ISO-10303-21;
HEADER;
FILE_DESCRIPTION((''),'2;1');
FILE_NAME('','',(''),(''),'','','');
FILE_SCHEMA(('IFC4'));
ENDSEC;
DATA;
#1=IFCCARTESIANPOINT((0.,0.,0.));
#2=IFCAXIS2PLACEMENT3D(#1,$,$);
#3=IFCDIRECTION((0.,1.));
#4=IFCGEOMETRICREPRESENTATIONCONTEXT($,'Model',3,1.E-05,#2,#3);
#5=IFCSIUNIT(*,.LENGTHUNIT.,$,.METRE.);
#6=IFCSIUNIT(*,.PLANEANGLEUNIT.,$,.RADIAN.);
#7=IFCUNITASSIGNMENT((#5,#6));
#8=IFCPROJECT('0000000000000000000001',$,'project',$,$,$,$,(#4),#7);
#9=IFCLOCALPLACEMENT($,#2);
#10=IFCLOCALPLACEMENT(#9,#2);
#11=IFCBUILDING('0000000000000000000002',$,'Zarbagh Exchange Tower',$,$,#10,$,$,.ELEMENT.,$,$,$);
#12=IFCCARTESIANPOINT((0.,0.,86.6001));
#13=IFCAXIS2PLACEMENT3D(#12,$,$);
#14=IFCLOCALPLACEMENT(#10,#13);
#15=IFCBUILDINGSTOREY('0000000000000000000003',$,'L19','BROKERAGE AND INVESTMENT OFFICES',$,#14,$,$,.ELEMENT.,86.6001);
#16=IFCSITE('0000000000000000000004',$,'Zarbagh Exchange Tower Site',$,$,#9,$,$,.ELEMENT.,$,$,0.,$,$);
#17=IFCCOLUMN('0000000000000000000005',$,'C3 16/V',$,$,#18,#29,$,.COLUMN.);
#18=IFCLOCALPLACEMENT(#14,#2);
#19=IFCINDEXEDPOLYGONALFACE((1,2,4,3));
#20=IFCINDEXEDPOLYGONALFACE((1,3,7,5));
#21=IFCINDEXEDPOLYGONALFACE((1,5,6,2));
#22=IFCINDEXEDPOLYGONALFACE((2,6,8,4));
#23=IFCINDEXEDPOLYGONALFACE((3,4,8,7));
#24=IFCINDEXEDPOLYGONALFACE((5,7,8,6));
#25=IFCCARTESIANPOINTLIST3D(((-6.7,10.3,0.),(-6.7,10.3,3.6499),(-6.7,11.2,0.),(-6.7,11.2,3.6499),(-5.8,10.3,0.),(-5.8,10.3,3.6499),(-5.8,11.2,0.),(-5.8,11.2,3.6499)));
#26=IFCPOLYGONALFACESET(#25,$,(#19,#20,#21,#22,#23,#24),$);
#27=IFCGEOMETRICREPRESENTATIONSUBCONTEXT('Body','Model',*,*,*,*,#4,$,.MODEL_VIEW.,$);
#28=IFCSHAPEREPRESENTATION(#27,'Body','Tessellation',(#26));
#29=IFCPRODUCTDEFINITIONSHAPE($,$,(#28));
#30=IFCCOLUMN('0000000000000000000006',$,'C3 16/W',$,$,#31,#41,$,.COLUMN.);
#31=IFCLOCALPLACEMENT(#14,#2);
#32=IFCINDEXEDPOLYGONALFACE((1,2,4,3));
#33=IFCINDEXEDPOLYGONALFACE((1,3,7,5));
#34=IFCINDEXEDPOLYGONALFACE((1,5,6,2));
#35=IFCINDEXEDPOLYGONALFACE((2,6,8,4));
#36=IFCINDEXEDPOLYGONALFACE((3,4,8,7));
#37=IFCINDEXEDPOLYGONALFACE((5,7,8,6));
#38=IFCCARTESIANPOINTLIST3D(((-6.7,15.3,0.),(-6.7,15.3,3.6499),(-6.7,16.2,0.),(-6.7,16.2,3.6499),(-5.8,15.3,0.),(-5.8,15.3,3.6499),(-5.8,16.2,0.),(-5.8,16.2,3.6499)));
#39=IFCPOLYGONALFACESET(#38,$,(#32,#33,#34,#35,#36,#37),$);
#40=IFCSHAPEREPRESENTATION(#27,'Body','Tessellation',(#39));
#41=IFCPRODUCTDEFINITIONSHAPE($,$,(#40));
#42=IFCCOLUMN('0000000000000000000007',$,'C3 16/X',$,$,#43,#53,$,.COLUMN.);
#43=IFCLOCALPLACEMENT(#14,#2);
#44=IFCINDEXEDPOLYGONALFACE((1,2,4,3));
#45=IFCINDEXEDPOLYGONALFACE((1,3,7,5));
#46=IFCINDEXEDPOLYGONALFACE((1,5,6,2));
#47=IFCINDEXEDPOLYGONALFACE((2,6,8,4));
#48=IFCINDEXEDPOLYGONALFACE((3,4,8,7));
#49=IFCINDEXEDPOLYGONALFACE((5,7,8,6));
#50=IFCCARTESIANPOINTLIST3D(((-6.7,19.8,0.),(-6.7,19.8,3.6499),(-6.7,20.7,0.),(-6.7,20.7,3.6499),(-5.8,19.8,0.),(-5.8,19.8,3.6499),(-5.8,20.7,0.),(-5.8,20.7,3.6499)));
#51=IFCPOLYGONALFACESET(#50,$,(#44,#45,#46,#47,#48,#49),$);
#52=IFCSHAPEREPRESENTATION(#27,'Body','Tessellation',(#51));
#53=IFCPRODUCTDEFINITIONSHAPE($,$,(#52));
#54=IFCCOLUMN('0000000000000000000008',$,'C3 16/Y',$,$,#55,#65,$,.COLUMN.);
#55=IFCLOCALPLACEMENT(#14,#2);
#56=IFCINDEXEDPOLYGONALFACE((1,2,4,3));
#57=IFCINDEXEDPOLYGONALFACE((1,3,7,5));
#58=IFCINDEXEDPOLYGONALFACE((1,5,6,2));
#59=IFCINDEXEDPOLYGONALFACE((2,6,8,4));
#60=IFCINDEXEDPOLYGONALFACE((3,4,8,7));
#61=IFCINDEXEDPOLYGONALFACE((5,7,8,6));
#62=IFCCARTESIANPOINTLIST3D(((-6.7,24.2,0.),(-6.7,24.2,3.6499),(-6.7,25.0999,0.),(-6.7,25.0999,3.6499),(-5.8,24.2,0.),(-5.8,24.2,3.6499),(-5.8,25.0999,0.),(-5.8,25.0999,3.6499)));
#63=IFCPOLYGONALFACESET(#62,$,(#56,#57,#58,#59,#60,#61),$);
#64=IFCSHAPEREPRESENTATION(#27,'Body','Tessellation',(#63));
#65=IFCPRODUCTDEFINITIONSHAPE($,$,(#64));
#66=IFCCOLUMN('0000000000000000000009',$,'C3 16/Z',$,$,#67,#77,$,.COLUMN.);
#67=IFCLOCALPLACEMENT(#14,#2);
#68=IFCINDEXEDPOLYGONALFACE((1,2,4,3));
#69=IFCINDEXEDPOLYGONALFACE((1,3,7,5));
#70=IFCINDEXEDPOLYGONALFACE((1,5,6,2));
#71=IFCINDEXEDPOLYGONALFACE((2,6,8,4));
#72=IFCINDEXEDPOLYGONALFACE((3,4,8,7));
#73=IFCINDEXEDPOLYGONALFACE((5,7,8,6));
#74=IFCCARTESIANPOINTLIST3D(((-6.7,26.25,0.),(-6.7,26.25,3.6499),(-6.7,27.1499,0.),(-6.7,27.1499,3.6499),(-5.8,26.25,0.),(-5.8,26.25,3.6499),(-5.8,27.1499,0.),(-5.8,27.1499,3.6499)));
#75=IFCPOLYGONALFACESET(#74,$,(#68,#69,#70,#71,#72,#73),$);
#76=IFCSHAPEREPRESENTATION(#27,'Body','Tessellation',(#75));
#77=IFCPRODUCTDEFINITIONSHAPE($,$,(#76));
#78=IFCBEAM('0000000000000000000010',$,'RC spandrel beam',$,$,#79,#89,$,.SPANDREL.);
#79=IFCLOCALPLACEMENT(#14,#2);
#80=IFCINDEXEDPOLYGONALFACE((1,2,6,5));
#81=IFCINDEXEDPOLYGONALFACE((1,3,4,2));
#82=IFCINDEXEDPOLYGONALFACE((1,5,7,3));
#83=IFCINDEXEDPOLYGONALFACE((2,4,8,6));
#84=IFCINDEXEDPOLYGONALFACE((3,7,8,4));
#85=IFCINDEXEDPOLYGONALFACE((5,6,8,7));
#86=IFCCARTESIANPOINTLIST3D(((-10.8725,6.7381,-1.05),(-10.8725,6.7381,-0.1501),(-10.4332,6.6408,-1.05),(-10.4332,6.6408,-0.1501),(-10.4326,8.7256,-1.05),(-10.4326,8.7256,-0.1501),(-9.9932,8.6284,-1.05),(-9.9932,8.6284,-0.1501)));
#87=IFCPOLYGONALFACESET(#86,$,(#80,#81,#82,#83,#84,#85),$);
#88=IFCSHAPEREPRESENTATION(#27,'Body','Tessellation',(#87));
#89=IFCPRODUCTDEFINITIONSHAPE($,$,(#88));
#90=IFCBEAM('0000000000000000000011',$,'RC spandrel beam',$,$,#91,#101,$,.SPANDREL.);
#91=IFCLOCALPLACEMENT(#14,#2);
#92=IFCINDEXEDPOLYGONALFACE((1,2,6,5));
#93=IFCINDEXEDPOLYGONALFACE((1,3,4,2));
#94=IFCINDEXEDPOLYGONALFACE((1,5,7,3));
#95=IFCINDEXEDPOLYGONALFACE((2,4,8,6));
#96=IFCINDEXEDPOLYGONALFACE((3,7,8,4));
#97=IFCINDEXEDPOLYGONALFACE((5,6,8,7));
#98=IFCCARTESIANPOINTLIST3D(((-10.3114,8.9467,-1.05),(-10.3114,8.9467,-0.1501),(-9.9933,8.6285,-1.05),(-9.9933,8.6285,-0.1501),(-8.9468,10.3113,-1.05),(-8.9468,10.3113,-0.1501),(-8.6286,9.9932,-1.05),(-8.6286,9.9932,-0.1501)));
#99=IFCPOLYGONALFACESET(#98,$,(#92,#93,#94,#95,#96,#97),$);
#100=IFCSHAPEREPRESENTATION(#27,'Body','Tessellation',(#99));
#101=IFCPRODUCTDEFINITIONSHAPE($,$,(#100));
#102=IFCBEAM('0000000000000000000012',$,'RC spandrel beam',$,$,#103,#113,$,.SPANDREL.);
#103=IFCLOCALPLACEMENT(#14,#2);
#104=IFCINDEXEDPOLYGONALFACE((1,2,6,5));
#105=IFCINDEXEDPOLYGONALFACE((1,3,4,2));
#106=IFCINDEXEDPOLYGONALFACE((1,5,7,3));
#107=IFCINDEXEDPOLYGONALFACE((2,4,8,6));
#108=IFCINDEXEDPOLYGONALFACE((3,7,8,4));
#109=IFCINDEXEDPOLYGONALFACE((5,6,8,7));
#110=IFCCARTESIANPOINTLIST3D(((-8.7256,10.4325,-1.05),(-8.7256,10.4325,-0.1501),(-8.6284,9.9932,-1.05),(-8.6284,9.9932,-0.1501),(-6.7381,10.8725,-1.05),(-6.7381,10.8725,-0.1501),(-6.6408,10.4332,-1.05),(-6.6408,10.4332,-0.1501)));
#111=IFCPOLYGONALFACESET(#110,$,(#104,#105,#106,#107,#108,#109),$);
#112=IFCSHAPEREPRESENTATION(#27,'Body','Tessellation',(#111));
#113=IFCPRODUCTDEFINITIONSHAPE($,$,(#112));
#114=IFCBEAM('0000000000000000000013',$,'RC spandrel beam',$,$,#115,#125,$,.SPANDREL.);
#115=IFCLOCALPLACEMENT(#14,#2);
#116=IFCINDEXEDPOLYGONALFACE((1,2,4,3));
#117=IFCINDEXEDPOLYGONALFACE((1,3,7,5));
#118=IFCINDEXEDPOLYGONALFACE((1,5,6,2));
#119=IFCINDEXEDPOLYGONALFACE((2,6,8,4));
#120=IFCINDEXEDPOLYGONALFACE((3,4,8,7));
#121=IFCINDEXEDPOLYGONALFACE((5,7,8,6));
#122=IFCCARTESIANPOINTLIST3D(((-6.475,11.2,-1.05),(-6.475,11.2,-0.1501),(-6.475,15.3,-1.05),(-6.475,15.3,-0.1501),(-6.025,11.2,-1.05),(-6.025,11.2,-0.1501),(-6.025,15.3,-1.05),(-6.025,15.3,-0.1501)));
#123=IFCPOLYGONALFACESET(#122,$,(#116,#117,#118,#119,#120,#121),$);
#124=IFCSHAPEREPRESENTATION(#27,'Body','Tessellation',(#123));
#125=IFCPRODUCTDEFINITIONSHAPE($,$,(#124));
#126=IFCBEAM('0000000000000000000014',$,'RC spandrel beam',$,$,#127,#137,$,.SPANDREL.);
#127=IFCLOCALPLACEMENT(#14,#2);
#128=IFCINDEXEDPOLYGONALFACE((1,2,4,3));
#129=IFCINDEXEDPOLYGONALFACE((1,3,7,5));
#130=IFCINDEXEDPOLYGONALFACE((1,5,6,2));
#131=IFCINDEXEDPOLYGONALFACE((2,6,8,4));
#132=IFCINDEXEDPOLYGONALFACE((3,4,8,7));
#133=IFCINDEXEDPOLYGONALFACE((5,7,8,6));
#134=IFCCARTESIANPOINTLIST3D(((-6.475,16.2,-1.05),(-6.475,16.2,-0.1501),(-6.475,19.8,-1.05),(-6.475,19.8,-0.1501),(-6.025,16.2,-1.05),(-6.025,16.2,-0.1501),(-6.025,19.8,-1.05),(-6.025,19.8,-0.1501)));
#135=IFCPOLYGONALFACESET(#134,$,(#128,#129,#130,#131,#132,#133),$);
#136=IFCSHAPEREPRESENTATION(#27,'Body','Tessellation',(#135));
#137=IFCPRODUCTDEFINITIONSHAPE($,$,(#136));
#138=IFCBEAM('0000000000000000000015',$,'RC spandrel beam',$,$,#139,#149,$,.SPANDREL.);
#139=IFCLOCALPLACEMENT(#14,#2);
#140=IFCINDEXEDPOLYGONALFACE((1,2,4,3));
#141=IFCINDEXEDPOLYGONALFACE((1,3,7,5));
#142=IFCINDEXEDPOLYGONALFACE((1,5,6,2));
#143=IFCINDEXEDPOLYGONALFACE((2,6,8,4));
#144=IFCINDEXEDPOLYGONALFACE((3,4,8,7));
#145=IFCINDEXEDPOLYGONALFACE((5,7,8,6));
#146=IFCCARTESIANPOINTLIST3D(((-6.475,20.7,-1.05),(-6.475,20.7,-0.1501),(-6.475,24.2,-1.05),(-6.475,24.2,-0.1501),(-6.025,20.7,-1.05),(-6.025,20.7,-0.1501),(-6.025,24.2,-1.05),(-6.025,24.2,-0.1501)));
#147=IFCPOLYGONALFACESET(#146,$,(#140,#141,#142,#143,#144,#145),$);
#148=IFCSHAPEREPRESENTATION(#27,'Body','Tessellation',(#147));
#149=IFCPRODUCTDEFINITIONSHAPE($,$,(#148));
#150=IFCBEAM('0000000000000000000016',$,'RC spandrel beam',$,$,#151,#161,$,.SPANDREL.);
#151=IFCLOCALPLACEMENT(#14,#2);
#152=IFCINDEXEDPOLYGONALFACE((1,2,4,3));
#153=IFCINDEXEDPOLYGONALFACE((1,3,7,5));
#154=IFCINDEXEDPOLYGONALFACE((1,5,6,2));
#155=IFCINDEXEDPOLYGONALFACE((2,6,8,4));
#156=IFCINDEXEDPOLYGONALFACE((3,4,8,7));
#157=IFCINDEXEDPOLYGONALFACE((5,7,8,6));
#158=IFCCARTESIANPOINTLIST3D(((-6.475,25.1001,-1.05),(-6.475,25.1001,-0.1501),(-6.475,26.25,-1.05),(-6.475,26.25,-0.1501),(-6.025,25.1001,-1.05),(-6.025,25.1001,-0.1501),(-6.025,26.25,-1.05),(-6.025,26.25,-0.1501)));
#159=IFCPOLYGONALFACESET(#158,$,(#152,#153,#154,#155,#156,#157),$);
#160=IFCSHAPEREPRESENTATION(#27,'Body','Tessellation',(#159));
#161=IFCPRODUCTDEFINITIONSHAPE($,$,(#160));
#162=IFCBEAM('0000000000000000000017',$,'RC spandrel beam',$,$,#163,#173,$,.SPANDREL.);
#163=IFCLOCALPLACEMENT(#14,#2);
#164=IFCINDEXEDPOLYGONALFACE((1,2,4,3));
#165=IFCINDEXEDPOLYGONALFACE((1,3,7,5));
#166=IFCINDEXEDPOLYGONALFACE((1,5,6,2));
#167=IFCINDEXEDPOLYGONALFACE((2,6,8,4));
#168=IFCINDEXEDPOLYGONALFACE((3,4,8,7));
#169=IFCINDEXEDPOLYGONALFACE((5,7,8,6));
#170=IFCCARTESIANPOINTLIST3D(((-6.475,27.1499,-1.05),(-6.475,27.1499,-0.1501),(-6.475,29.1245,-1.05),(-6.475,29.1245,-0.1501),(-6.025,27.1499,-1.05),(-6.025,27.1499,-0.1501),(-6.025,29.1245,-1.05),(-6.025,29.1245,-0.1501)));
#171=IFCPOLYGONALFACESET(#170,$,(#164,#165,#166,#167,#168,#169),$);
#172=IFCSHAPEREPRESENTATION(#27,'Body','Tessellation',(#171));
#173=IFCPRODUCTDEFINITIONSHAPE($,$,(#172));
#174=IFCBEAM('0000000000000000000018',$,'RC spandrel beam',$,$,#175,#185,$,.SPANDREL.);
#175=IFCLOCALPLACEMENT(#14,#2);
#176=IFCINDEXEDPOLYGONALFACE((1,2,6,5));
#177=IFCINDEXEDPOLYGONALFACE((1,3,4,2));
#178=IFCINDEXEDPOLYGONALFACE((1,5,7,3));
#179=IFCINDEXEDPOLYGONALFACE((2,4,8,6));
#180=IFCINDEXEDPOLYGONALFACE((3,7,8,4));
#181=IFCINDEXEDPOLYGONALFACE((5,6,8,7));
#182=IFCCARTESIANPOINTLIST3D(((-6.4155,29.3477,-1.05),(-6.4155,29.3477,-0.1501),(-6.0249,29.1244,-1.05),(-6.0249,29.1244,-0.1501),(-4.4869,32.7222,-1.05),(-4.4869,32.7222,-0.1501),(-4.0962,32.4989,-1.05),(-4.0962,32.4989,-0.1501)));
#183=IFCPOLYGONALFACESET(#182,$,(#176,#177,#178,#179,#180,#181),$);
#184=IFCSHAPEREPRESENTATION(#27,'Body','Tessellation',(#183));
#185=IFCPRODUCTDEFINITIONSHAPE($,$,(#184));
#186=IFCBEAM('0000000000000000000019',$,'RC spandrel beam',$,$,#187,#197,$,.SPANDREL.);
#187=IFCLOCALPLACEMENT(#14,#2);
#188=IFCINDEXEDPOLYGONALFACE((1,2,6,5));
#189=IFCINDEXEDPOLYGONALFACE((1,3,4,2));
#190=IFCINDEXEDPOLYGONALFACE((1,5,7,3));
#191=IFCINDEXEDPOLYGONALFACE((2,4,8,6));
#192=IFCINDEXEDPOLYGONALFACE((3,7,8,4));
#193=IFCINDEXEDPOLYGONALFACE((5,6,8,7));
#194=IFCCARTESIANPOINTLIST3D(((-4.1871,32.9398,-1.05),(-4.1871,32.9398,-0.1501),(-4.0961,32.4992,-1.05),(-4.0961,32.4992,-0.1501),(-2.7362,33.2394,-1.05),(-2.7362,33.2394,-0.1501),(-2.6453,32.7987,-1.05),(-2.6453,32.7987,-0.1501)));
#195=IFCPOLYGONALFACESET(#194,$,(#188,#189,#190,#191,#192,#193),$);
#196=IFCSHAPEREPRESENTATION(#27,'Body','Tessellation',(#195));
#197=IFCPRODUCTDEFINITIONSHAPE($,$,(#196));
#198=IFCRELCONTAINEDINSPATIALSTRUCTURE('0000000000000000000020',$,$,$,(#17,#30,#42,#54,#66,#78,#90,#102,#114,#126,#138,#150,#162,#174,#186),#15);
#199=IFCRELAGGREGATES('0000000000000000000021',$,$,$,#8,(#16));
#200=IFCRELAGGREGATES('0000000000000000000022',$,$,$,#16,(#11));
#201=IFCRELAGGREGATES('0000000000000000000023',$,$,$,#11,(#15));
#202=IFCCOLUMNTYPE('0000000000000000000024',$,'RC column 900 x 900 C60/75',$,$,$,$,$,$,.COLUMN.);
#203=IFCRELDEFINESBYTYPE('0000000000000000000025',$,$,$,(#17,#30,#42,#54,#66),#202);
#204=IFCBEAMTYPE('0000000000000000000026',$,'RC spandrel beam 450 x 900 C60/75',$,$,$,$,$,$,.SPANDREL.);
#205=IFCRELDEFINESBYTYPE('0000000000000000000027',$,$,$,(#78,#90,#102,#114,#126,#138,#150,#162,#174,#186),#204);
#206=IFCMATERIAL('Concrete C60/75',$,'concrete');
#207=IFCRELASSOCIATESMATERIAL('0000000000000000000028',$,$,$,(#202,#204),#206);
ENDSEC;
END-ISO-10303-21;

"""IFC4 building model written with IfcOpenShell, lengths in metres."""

from ifc_helpers import new_model, si_unit, direction, frame, origin, origin_2d, place, context, subcontext, project, spatial, rectangle, extrude, material, material_profile, profile_set, type_object, element, save


model = new_model("IFC4")

# Units and contexts
model_context = context("Model", 3, precision=1e-05, world=origin(), true_north=direction((0.0, 1.0)))
body_context = subcontext(model_context, "Body", "Model", "MODEL_VIEW")
ifc_project = project(units=[si_unit("LENGTHUNIT", "METRE"), si_unit("PLANEANGLEUNIT", "RADIAN")], contexts=[model_context])

# Site, building, storey
site_placement = place(None, origin())
site = spatial("IfcSite", under=ifc_project, at=site_placement, Name="Zarbagh Exchange Tower Site", CompositionType="ELEMENT", RefElevation=0.0)
building_placement = place(site_placement, origin())
building = spatial("IfcBuilding", under=site, at=building_placement, Name="Zarbagh Exchange Tower", CompositionType="ELEMENT")
storey_placement = place(building_placement, frame((0.0, 0.0, 86.6001)))
storey = spatial("IfcBuildingStorey", under=building, at=storey_placement, Name="L19", Description="BROKERAGE AND INVESTMENT OFFICES", CompositionType="ELEMENT", Elevation=86.6001)

# Columns
ifc_material_1 = material(Name="Concrete C60/75", Category="concrete")
ifc_material_profile_1 = material_profile(ifc_material_1, rectangle(XDim=0.8999, YDim=0.8999, at=origin_2d()), Name="RC column 900 x 900 C60/75")
ifc_profile_set_1 = profile_set([ifc_material_profile_1], Name="Concrete C60/75")
column_type = type_object("IfcColumnType", Name="RC column 900 x 900 C60/75", PredefinedType="COLUMN", material=ifc_profile_set_1)
for number, where, z_axis, x_axis, name in (
    (1, (-6.25, 10.75, 0.0), (0.0, 0.0, 1.0), (1.0, 0.0, 0.0), "C3 16/V"),
    (2, (-6.25, 15.75, 0.0), (0.0, 0.0, 1.0), (1.0, 0.0, 0.0), "C3 16/W"),
    (3, (-6.25, 20.25, 0.0), (0.0, 0.0, 1.0), (1.0, 0.0, 0.0), "C3 16/X"),
    (4, (-6.25, 24.6499, 0.0), (0.0, 0.0, 1.0), (1.0, 0.0, 0.0), "C3 16/Y"),
    (5, (-6.25, 26.7, 0.0), (0.0, 0.0, 1.0), (1.0, 0.0, 0.0), "C3 16/Z"),
):
    element("IfcColumn", number, at=place(storey_placement, frame(where, z_axis=z_axis, x_axis=x_axis)), inside=storey, type_object=column_type, Name=name, PredefinedType="COLUMN", context=body_context, shape_type="SweptSolid", body=[
        extrude(rectangle(XDim=0.8999, YDim=0.8999, at=origin_2d()), origin(), (0.0, 0.0, 1.0), 3.6499),
    ])

# Beams
ifc_material_profile_2 = material_profile(ifc_material_1, rectangle(XDim=0.45, YDim=0.8999, at=origin_2d()), Name="RC spandrel beam 450 x 900 C60/75")
ifc_profile_set_2 = profile_set([ifc_material_profile_2], Name="Concrete C60/75")
beam_type = type_object("IfcBeamType", Name="RC spandrel beam 450 x 900 C60/75", PredefinedType="SPANDREL", material=ifc_profile_set_2)
beam_1_placement = place(storey_placement, frame((-10.6528, 6.6895, -0.6001), z_axis=(0.216118, 0.976367, 0.0), x_axis=(-0.976367, 0.216118, 0.0)))
element("IfcBeam", 6, at=beam_1_placement, inside=storey, type_object=beam_type, Name="RC spandrel beam", PredefinedType="SPANDREL", context=body_context, shape_type="SweptSolid", body=[
    extrude(rectangle(XDim=0.45, YDim=0.8999, at=origin_2d()), origin(), (0.0, 0.0, 1.0), 2.0356),
])
beam_2_placement = place(storey_placement, frame((-10.1523, 8.7876, -0.6001), z_axis=(0.707107, 0.707107, 0.0), x_axis=(-0.707107, 0.707107, 0.0)))
element("IfcBeam", 7, at=beam_2_placement, inside=storey, type_object=beam_type, Name="RC spandrel beam", PredefinedType="SPANDREL", context=body_context, shape_type="SweptSolid", body=[
    extrude(rectangle(XDim=0.45, YDim=0.8999, at=origin_2d()), origin(), (0.0, 0.0, 1.0), 1.9299),
])
beam_3_placement = place(storey_placement, frame((-8.677, 10.2129, -0.6001), z_axis=(0.976367, 0.216118, 0.0), x_axis=(-0.216118, 0.976367, 0.0)))
element("IfcBeam", 8, at=beam_3_placement, inside=storey, type_object=beam_type, Name="RC spandrel beam", PredefinedType="SPANDREL", context=body_context, shape_type="SweptSolid", body=[
    extrude(rectangle(XDim=0.45, YDim=0.8999, at=origin_2d()), origin(), (0.0, 0.0, 1.0), 2.0356),
])
beam_4_placement = place(storey_placement, frame((-6.25, 11.2, -0.6001), z_axis=(0.0, 1.0, 0.0), x_axis=(-1.0, 0.0, 0.0)))
element("IfcBeam", 9, at=beam_4_placement, inside=storey, type_object=beam_type, Name="RC spandrel beam", PredefinedType="SPANDREL", context=body_context, shape_type="SweptSolid", body=[
    extrude(rectangle(XDim=0.45, YDim=0.8999, at=origin_2d()), origin(), (0.0, 0.0, 1.0), 4.1001),
])
beam_5_placement = place(storey_placement, frame((-6.25, 16.2, -0.6001), z_axis=(0.0, 1.0, 0.0), x_axis=(-1.0, 0.0, 0.0)))
element("IfcBeam", 10, at=beam_5_placement, inside=storey, type_object=beam_type, Name="RC spandrel beam", PredefinedType="SPANDREL", context=body_context, shape_type="SweptSolid", body=[
    extrude(rectangle(XDim=0.45, YDim=0.8999, at=origin_2d()), origin(), (0.0, 0.0, 1.0), 3.6001),
])
beam_6_placement = place(storey_placement, frame((-6.25, 20.7, -0.6001), z_axis=(0.0, 1.0, 0.0), x_axis=(-1.0, 0.0, 0.0)))
element("IfcBeam", 11, at=beam_6_placement, inside=storey, type_object=beam_type, Name="RC spandrel beam", PredefinedType="SPANDREL", context=body_context, shape_type="SweptSolid", body=[
    extrude(rectangle(XDim=0.45, YDim=0.8999, at=origin_2d()), origin(), (0.0, 0.0, 1.0), 3.5),
])
beam_7_placement = place(storey_placement, frame((-6.25, 25.1001, -0.6001), z_axis=(0.0, 1.0, 0.0), x_axis=(-1.0, 0.0, 0.0)))
element("IfcBeam", 12, at=beam_7_placement, inside=storey, type_object=beam_type, Name="RC spandrel beam", PredefinedType="SPANDREL", context=body_context, shape_type="SweptSolid", body=[
    extrude(rectangle(XDim=0.45, YDim=0.8999, at=origin_2d()), origin(), (0.0, 0.0, 1.0), 1.1499),
])
beam_8_placement = place(storey_placement, frame((-6.25, 27.1499, -0.6001), z_axis=(0.0, 1.0, 0.0), x_axis=(-1.0, 0.0, 0.0)))
element("IfcBeam", 13, at=beam_8_placement, inside=storey, type_object=beam_type, Name="RC spandrel beam", PredefinedType="SPANDREL", context=body_context, shape_type="SweptSolid", body=[
    extrude(rectangle(XDim=0.45, YDim=0.8999, at=origin_2d()), origin(), (0.0, 0.0, 1.0), 1.9746),
])
beam_9_placement = place(storey_placement, frame((-6.2202, 29.2361, -0.6001), z_axis=(0.49622, 0.868197, 0.0), x_axis=(-0.868197, 0.49622, 0.0)))
element("IfcBeam", 14, at=beam_9_placement, inside=storey, type_object=beam_type, Name="RC spandrel beam", PredefinedType="SPANDREL", context=body_context, shape_type="SweptSolid", body=[
    extrude(rectangle(XDim=0.45, YDim=0.8999, at=origin_2d()), origin(), (0.0, 0.0, 1.0), 3.8867),
])
beam_10_placement = place(storey_placement, frame((-4.1416, 32.7195, -0.6001), z_axis=(0.979345, 0.202197, 0.0), x_axis=(-0.202197, 0.979345, 0.0)))
element("IfcBeam", 15, at=beam_10_placement, inside=storey, type_object=beam_type, Name="RC spandrel beam", PredefinedType="SPANDREL", context=body_context, shape_type="SweptSolid", body=[
    extrude(rectangle(XDim=0.45, YDim=0.8999, at=origin_2d()), origin(), (0.0, 0.0, 1.0), 1.4814),
])

save(model, "model.ifc")
